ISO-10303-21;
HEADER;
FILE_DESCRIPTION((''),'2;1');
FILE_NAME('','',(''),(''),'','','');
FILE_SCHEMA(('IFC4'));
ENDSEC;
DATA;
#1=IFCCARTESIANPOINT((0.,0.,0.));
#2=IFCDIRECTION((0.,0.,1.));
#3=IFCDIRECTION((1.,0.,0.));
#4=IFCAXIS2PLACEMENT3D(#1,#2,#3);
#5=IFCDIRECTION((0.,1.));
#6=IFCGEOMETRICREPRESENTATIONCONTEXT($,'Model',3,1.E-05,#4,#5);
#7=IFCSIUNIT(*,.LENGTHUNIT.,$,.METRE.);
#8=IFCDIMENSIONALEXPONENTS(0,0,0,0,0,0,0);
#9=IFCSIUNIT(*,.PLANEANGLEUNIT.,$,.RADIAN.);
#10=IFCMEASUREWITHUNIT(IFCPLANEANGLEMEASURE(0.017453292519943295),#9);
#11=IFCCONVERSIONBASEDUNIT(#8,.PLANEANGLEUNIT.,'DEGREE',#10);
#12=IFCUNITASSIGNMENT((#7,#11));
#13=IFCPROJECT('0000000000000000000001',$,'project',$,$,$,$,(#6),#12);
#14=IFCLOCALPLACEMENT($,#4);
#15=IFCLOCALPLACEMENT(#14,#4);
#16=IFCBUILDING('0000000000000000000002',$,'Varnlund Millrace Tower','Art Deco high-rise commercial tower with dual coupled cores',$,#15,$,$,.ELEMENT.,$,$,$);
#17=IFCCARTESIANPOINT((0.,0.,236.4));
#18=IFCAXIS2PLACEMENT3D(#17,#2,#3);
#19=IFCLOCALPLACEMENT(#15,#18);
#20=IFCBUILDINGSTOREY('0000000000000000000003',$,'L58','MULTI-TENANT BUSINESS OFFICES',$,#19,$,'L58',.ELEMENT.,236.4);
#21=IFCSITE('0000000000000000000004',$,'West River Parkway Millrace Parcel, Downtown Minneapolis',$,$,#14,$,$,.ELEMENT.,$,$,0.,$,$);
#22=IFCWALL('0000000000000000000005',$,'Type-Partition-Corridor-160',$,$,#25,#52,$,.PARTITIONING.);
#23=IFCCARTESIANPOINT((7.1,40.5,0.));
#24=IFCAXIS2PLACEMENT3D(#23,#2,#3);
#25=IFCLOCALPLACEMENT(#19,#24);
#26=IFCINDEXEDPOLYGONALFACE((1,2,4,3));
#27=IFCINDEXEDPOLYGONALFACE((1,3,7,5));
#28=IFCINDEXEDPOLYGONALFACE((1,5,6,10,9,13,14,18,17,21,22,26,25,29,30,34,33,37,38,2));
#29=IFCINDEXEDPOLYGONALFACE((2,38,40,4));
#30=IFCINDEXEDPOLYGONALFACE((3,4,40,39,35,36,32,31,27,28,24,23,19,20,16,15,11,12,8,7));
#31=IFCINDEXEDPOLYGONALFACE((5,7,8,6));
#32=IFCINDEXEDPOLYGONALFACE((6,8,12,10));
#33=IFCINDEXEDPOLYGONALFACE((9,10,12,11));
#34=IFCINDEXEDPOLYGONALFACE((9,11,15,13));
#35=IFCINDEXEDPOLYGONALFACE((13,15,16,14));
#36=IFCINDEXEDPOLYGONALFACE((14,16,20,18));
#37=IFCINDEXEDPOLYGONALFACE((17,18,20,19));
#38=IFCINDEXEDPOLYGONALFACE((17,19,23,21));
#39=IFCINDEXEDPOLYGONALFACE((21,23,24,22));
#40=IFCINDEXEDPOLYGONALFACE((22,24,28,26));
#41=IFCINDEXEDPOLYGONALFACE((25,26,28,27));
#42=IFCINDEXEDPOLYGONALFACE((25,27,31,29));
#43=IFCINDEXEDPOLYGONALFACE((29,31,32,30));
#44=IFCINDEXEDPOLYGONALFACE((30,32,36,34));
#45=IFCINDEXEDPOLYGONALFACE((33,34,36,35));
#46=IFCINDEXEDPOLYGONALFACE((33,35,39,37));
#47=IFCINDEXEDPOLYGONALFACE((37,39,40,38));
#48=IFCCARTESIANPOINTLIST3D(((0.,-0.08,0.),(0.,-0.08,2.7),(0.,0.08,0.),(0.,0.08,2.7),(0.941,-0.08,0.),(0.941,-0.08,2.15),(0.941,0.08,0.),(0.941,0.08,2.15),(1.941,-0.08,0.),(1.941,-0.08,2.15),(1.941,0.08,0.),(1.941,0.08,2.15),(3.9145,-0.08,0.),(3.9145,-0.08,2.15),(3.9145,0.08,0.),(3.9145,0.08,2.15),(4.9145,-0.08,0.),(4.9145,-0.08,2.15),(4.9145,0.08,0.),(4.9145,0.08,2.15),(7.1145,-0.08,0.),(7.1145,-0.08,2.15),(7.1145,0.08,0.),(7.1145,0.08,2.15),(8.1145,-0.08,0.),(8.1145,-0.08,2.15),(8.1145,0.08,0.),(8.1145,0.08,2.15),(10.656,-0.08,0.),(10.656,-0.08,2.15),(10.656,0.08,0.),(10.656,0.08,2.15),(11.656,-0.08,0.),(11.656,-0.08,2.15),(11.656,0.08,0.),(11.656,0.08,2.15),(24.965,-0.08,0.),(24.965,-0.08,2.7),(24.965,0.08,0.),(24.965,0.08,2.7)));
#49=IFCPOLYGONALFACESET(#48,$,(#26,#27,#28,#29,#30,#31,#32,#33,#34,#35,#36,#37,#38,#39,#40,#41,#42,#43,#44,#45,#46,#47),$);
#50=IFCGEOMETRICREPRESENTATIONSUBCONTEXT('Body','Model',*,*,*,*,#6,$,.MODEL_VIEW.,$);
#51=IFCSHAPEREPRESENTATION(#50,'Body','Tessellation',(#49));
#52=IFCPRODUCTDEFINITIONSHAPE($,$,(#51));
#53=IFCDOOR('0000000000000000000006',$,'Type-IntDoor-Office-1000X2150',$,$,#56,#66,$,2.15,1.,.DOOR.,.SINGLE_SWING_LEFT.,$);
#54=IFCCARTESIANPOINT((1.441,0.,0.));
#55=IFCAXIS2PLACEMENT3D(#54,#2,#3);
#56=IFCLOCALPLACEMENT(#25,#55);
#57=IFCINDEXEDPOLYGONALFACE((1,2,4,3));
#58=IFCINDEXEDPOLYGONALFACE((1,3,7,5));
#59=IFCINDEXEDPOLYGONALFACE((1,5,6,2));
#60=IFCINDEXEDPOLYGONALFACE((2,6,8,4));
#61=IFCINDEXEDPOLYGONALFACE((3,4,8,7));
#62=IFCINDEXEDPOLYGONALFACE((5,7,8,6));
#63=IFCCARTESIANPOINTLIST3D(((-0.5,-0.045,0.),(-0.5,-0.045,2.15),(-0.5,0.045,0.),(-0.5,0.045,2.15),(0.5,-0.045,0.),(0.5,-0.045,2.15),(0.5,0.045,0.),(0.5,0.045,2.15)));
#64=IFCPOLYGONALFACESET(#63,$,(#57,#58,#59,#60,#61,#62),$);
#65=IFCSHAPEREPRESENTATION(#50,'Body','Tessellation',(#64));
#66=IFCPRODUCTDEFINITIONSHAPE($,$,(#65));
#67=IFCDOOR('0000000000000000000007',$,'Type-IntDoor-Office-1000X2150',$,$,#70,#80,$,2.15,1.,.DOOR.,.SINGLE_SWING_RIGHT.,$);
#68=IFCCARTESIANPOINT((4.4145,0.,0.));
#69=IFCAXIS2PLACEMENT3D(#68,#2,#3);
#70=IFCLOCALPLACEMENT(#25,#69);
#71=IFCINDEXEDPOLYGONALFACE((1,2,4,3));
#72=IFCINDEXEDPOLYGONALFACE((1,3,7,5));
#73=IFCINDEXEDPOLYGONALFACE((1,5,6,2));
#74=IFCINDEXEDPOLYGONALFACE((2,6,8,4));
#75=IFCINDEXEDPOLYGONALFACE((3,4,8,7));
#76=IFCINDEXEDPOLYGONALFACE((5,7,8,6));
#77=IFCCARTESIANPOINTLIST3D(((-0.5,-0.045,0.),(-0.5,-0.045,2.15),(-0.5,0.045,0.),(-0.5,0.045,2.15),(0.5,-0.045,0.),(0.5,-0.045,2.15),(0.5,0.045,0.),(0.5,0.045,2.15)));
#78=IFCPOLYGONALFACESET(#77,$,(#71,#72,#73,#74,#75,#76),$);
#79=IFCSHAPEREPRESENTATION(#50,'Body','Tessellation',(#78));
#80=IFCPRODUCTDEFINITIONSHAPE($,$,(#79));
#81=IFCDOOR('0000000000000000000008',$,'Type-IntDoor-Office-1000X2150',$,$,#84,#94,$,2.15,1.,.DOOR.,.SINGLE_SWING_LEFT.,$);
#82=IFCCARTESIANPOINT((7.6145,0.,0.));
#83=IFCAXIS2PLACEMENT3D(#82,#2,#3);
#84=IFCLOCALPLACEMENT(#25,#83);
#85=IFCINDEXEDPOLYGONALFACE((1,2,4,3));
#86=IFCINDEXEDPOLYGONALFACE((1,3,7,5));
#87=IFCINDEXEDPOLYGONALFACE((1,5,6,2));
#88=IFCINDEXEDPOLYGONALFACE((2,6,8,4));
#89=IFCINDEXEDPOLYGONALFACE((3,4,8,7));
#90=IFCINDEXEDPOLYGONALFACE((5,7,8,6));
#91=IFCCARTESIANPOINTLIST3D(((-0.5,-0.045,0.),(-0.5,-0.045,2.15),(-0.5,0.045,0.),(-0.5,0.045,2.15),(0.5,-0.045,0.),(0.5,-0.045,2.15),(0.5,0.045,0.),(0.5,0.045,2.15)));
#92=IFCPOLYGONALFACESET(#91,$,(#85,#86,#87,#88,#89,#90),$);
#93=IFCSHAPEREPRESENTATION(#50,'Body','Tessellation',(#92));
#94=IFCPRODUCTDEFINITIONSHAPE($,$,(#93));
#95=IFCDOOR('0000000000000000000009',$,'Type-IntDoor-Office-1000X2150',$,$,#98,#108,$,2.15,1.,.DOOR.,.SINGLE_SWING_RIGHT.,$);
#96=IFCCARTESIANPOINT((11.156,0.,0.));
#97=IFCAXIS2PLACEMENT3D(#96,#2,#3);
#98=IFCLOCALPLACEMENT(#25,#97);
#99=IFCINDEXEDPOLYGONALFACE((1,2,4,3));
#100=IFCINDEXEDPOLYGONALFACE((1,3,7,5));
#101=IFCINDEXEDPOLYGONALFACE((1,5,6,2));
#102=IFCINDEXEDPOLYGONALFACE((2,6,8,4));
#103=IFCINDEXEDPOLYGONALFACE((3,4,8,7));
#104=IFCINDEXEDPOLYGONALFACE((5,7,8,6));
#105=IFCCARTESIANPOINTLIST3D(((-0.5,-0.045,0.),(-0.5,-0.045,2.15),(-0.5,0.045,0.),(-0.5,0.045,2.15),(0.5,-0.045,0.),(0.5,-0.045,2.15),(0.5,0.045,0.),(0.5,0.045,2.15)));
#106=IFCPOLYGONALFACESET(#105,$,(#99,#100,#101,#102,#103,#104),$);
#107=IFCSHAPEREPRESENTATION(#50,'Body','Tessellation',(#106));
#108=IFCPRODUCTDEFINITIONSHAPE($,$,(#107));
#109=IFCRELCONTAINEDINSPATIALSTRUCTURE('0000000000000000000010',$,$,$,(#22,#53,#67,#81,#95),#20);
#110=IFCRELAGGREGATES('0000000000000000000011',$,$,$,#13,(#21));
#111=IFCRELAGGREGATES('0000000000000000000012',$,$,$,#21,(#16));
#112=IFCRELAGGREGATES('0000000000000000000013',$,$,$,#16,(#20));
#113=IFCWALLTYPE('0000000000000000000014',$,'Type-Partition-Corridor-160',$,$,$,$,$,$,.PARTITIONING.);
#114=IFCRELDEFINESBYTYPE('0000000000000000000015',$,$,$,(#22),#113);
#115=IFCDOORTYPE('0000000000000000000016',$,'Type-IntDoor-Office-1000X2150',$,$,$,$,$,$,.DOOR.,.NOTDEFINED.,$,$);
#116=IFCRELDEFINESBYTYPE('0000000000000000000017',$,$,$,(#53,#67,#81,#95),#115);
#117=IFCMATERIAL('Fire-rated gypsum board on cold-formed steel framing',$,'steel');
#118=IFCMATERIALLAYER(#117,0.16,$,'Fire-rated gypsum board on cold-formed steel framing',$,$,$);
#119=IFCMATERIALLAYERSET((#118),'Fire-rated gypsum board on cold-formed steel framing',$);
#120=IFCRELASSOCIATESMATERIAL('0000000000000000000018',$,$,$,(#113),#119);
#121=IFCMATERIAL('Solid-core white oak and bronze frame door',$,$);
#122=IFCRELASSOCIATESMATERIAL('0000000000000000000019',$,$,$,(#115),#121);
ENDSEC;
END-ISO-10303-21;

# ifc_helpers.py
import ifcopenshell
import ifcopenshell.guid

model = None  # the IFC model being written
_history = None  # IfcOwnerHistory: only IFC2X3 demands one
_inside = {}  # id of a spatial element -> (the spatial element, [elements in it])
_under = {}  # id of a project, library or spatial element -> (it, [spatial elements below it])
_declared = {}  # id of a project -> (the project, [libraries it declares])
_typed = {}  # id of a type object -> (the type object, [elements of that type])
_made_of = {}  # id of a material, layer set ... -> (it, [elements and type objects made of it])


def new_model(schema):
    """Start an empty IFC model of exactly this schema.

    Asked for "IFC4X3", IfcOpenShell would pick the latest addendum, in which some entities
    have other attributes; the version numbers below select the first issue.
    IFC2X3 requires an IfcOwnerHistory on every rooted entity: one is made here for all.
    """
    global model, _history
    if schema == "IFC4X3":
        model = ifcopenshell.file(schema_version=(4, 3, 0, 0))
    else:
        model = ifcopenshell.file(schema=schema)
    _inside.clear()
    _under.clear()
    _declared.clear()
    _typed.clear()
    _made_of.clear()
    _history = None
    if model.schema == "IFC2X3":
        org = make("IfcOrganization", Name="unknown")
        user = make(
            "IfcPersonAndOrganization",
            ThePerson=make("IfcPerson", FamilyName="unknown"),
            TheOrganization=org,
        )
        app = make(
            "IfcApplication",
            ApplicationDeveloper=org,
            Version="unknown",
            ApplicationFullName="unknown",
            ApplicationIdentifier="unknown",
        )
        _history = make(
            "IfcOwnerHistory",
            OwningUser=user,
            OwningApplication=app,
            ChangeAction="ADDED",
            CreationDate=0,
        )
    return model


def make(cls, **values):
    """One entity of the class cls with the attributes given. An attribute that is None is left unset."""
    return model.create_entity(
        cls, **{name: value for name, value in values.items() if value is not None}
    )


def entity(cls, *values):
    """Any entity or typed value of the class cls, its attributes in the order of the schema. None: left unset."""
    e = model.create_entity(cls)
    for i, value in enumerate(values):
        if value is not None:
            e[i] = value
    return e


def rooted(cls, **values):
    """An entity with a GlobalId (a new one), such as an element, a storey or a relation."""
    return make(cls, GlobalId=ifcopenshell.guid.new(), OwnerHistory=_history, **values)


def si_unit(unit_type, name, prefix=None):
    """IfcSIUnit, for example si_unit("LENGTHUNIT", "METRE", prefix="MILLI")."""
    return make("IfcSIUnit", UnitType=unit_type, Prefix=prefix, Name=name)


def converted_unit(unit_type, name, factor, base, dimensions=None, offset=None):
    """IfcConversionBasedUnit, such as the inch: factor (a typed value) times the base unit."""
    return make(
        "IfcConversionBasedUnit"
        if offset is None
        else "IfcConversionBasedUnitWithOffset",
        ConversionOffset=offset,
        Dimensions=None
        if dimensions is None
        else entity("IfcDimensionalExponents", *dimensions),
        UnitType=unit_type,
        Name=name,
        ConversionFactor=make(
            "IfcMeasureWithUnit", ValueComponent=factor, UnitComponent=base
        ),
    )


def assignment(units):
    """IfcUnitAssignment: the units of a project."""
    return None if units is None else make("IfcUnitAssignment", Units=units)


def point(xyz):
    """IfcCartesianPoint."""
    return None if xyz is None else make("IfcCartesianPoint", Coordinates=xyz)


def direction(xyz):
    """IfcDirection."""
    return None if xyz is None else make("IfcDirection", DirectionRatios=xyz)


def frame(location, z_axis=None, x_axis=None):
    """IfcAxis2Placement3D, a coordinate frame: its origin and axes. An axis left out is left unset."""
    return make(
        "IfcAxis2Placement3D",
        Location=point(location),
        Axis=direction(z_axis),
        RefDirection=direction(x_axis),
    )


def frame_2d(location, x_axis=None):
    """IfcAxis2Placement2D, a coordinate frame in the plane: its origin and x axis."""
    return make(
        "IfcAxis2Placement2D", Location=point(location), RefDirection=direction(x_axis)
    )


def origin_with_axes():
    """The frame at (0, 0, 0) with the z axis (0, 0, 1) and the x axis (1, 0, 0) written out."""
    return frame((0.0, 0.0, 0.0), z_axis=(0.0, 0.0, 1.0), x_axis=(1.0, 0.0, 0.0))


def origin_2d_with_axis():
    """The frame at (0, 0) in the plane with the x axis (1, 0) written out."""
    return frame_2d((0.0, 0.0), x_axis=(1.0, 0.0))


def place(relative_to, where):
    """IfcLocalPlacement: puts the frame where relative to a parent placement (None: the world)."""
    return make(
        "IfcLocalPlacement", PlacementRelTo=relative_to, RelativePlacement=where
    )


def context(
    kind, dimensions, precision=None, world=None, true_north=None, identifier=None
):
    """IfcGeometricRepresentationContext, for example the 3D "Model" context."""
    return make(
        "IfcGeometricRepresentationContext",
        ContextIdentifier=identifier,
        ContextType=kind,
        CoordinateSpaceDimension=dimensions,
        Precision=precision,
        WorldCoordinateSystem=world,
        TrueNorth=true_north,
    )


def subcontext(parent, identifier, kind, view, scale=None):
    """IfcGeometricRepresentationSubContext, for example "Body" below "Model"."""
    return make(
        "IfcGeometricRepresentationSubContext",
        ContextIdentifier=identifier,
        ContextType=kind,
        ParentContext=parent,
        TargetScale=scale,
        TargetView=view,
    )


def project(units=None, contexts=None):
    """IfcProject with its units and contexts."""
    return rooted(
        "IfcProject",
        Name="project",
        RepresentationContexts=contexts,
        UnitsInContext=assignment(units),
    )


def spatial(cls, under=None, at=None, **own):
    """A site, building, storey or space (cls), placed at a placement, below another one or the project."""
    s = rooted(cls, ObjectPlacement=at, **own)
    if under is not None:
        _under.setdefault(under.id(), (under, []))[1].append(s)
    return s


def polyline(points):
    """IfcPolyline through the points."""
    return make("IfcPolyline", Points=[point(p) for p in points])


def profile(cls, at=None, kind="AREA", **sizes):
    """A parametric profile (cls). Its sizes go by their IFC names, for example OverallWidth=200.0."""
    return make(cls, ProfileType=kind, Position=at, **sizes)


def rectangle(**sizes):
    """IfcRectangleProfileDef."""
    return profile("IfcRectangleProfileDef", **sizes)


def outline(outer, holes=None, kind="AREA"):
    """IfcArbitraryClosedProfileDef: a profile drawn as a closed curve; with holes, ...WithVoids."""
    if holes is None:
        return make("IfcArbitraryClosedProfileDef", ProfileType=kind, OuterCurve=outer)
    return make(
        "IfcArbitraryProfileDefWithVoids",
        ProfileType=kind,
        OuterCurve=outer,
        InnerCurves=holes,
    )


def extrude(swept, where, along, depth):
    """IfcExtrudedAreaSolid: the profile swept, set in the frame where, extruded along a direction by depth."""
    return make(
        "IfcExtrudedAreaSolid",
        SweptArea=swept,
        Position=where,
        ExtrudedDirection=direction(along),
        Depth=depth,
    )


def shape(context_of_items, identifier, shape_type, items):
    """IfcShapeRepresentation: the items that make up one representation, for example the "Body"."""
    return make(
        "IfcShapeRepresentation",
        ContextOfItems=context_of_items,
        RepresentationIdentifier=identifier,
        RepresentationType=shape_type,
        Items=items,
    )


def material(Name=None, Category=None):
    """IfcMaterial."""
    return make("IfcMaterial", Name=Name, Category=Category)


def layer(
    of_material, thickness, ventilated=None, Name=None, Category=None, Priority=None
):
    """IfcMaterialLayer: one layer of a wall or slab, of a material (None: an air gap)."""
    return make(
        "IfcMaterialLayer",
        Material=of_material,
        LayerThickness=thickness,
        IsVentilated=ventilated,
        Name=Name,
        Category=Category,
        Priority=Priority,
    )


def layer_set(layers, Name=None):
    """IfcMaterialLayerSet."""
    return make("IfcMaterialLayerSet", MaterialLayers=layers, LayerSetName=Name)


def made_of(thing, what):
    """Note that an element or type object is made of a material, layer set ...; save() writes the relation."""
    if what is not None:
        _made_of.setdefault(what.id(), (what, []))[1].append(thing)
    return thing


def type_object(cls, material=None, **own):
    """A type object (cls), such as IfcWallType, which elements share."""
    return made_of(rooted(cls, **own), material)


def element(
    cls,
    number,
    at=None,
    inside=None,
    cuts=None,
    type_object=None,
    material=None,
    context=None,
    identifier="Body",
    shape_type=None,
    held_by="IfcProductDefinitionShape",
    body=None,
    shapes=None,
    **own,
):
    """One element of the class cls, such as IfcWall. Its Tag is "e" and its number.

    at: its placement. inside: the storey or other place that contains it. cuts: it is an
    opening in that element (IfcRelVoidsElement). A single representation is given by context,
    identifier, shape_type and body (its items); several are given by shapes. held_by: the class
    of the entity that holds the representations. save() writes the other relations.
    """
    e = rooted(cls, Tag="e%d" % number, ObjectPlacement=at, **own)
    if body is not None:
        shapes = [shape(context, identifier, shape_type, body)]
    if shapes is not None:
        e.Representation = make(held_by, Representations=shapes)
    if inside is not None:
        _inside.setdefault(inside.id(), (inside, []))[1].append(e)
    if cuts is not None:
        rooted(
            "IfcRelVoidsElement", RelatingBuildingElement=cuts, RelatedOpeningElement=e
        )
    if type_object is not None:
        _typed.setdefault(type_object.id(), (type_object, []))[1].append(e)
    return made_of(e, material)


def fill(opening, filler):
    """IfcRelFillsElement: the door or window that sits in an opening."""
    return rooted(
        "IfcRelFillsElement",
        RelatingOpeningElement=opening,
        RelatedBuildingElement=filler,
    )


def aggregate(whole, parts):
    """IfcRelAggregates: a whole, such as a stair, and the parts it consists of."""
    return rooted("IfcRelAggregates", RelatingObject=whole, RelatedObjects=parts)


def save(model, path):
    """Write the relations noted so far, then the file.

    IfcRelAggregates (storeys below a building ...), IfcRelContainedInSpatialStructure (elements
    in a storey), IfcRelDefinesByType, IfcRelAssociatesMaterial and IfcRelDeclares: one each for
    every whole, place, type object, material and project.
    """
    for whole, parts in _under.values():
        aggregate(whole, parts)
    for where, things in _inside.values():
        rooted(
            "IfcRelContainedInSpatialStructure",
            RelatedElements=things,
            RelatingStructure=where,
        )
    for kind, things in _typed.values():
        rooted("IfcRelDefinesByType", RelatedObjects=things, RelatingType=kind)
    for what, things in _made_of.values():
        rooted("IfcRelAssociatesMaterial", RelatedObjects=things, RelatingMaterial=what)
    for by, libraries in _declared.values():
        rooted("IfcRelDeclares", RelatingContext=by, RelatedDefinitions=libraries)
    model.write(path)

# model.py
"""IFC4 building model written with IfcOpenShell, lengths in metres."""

from ifc_helpers import new_model, entity, si_unit, converted_unit, direction, frame, origin_with_axes, origin_2d_with_axis, place, context, subcontext, project, spatial, polyline, rectangle, outline, extrude, material, layer, layer_set, type_object, element, fill, save


model = new_model("IFC4")

# Units and contexts
model_context = context("Model", 3, precision=1e-05, world=origin_with_axes(), true_north=direction((0.0, 1.0)))
body_context = subcontext(model_context, "Body", "Model", "MODEL_VIEW")
ifc_project = project(units=[si_unit("LENGTHUNIT", "METRE"), converted_unit("PLANEANGLEUNIT", "DEGREE", entity("IfcPlaneAngleMeasure", 0.017453292519943295), si_unit("PLANEANGLEUNIT", "RADIAN"), dimensions=[0, 0, 0, 0, 0, 0, 0])], contexts=[model_context])

# Site, building, storey
site_placement = place(None, origin_with_axes())
site = spatial("IfcSite", under=ifc_project, at=site_placement, Name="West River Parkway Millrace Parcel, Downtown Minneapolis", CompositionType="ELEMENT", RefElevation=0.0)
building_placement = place(site_placement, origin_with_axes())
building = spatial("IfcBuilding", under=site, at=building_placement, Name="Varnlund Millrace Tower", Description="Art Deco high-rise commercial tower with dual coupled cores", CompositionType="ELEMENT")
storey_placement = place(building_placement, frame((0.0, 0.0, 236.4), z_axis=(0.0, 0.0, 1.0), x_axis=(1.0, 0.0, 0.0)))
storey = spatial("IfcBuildingStorey", under=building, at=storey_placement, Name="L58", Description="MULTI-TENANT BUSINESS OFFICES", LongName="L58", CompositionType="ELEMENT", Elevation=236.4)

# Shared definitions
ifc_material_1 = material(Name="Fire-rated gypsum board on cold-formed steel framing", Category="steel")
ifc_layer_1 = layer(ifc_material_1, 0.16, Name="Fire-rated gypsum board on cold-formed steel framing")
ifc_layer_set_1 = layer_set([ifc_layer_1], Name="Fire-rated gypsum board on cold-formed steel framing")
wall_type_1 = type_object("IfcWallType", Name="Type-Partition-Corridor-160", PredefinedType="PARTITIONING", material=ifc_layer_set_1)

# Wall, openings, doors
wall_1_placement = place(storey_placement, frame((7.1, 40.5, 0.0), z_axis=(0.0, 0.0, 1.0), x_axis=(1.0, 0.0, 0.0)))
wall_1 = element("IfcWall", 1, at=wall_1_placement, inside=storey, type_object=wall_type_1, Name="Type-Partition-Corridor-160", PredefinedType="PARTITIONING", context=body_context, shape_type="SweptSolid", body=[
    extrude(outline(polyline([(0.0, -0.08), (24.965, -0.08), (24.965, 0.08), (0.0, 0.08), (0.0, -0.08)])), origin_with_axes(), (0.0, 0.0, 1.0), 2.7),
])
opening_1_placement = place(wall_1_placement, frame((1.441, 0.0, 0.0), z_axis=(0.0, 0.0, 1.0), x_axis=(1.0, 0.0, 0.0)))
opening_1 = element("IfcOpeningElement", 2, at=opening_1_placement, cuts=wall_1, PredefinedType="OPENING", context=body_context, shape_type="SweptSolid", body=[
    extrude(rectangle(XDim=1.0, YDim=0.18, at=origin_2d_with_axis()), origin_with_axes(), (0.0, 0.0, 1.0), 2.15),
])
opening_2_placement = place(wall_1_placement, frame((4.4145, 0.0, 0.0), z_axis=(0.0, 0.0, 1.0), x_axis=(1.0, 0.0, 0.0)))
opening_2 = element("IfcOpeningElement", 3, at=opening_2_placement, cuts=wall_1, PredefinedType="OPENING", context=body_context, shape_type="SweptSolid", body=[
    extrude(rectangle(XDim=1.0, YDim=0.18, at=origin_2d_with_axis()), origin_with_axes(), (0.0, 0.0, 1.0), 2.15),
])
opening_3_placement = place(wall_1_placement, frame((7.6145, 0.0, 0.0), z_axis=(0.0, 0.0, 1.0), x_axis=(1.0, 0.0, 0.0)))
opening_3 = element("IfcOpeningElement", 4, at=opening_3_placement, cuts=wall_1, PredefinedType="OPENING", context=body_context, shape_type="SweptSolid", body=[
    extrude(rectangle(XDim=1.0, YDim=0.18, at=origin_2d_with_axis()), origin_with_axes(), (0.0, 0.0, 1.0), 2.15),
])
opening_4_placement = place(wall_1_placement, frame((11.156, 0.0, 0.0), z_axis=(0.0, 0.0, 1.0), x_axis=(1.0, 0.0, 0.0)))
opening_4 = element("IfcOpeningElement", 5, at=opening_4_placement, cuts=wall_1, PredefinedType="OPENING", context=body_context, shape_type="SweptSolid", body=[
    extrude(rectangle(XDim=1.0, YDim=0.18, at=origin_2d_with_axis()), origin_with_axes(), (0.0, 0.0, 1.0), 2.15),
])
ifc_material_2 = material(Name="Solid-core white oak and bronze frame door")
door_type = type_object("IfcDoorType", Name="Type-IntDoor-Office-1000X2150", OperationType="NOTDEFINED", PredefinedType="DOOR", material=ifc_material_2)
door_1_placement = place(wall_1_placement, frame((1.441, 0.0, 0.0), z_axis=(0.0, 0.0, 1.0), x_axis=(1.0, 0.0, 0.0)))
door_1 = element("IfcDoor", 6, at=door_1_placement, inside=storey, type_object=door_type, Name="Type-IntDoor-Office-1000X2150", OperationType="SINGLE_SWING_LEFT", OverallHeight=2.15, OverallWidth=1.0, PredefinedType="DOOR", context=body_context, shape_type="SweptSolid", body=[
    extrude(rectangle(XDim=1.0, YDim=0.09, at=origin_2d_with_axis()), origin_with_axes(), (0.0, 0.0, 1.0), 2.15),
])
fill(opening_1, door_1)
door_2_placement = place(wall_1_placement, frame((4.4145, 0.0, 0.0), z_axis=(0.0, 0.0, 1.0), x_axis=(1.0, 0.0, 0.0)))
door_2 = element("IfcDoor", 7, at=door_2_placement, inside=storey, type_object=door_type, Name="Type-IntDoor-Office-1000X2150", OperationType="SINGLE_SWING_RIGHT", OverallHeight=2.15, OverallWidth=1.0, PredefinedType="DOOR", context=body_context, shape_type="SweptSolid", body=[
    extrude(rectangle(XDim=1.0, YDim=0.09, at=origin_2d_with_axis()), origin_with_axes(), (0.0, 0.0, 1.0), 2.15),
])
fill(opening_2, door_2)
door_3_placement = place(wall_1_placement, frame((7.6145, 0.0, 0.0), z_axis=(0.0, 0.0, 1.0), x_axis=(1.0, 0.0, 0.0)))
door_3 = element("IfcDoor", 8, at=door_3_placement, inside=storey, type_object=door_type, Name="Type-IntDoor-Office-1000X2150", OperationType="SINGLE_SWING_LEFT", OverallHeight=2.15, OverallWidth=1.0, PredefinedType="DOOR", context=body_context, shape_type="SweptSolid", body=[
    extrude(rectangle(XDim=1.0, YDim=0.09, at=origin_2d_with_axis()), origin_with_axes(), (0.0, 0.0, 1.0), 2.15),
])
fill(opening_3, door_3)
door_4_placement = place(wall_1_placement, frame((11.156, 0.0, 0.0), z_axis=(0.0, 0.0, 1.0), x_axis=(1.0, 0.0, 0.0)))
door_4 = element("IfcDoor", 9, at=door_4_placement, inside=storey, type_object=door_type, Name="Type-IntDoor-Office-1000X2150", OperationType="SINGLE_SWING_RIGHT", OverallHeight=2.15, OverallWidth=1.0, PredefinedType="DOOR", context=body_context, shape_type="SweptSolid", body=[
    extrude(rectangle(XDim=1.0, YDim=0.09, at=origin_2d_with_axis()), origin_with_axes(), (0.0, 0.0, 1.0), 2.15),
])
fill(opening_4, door_4)

save(model, "model.ifc")
